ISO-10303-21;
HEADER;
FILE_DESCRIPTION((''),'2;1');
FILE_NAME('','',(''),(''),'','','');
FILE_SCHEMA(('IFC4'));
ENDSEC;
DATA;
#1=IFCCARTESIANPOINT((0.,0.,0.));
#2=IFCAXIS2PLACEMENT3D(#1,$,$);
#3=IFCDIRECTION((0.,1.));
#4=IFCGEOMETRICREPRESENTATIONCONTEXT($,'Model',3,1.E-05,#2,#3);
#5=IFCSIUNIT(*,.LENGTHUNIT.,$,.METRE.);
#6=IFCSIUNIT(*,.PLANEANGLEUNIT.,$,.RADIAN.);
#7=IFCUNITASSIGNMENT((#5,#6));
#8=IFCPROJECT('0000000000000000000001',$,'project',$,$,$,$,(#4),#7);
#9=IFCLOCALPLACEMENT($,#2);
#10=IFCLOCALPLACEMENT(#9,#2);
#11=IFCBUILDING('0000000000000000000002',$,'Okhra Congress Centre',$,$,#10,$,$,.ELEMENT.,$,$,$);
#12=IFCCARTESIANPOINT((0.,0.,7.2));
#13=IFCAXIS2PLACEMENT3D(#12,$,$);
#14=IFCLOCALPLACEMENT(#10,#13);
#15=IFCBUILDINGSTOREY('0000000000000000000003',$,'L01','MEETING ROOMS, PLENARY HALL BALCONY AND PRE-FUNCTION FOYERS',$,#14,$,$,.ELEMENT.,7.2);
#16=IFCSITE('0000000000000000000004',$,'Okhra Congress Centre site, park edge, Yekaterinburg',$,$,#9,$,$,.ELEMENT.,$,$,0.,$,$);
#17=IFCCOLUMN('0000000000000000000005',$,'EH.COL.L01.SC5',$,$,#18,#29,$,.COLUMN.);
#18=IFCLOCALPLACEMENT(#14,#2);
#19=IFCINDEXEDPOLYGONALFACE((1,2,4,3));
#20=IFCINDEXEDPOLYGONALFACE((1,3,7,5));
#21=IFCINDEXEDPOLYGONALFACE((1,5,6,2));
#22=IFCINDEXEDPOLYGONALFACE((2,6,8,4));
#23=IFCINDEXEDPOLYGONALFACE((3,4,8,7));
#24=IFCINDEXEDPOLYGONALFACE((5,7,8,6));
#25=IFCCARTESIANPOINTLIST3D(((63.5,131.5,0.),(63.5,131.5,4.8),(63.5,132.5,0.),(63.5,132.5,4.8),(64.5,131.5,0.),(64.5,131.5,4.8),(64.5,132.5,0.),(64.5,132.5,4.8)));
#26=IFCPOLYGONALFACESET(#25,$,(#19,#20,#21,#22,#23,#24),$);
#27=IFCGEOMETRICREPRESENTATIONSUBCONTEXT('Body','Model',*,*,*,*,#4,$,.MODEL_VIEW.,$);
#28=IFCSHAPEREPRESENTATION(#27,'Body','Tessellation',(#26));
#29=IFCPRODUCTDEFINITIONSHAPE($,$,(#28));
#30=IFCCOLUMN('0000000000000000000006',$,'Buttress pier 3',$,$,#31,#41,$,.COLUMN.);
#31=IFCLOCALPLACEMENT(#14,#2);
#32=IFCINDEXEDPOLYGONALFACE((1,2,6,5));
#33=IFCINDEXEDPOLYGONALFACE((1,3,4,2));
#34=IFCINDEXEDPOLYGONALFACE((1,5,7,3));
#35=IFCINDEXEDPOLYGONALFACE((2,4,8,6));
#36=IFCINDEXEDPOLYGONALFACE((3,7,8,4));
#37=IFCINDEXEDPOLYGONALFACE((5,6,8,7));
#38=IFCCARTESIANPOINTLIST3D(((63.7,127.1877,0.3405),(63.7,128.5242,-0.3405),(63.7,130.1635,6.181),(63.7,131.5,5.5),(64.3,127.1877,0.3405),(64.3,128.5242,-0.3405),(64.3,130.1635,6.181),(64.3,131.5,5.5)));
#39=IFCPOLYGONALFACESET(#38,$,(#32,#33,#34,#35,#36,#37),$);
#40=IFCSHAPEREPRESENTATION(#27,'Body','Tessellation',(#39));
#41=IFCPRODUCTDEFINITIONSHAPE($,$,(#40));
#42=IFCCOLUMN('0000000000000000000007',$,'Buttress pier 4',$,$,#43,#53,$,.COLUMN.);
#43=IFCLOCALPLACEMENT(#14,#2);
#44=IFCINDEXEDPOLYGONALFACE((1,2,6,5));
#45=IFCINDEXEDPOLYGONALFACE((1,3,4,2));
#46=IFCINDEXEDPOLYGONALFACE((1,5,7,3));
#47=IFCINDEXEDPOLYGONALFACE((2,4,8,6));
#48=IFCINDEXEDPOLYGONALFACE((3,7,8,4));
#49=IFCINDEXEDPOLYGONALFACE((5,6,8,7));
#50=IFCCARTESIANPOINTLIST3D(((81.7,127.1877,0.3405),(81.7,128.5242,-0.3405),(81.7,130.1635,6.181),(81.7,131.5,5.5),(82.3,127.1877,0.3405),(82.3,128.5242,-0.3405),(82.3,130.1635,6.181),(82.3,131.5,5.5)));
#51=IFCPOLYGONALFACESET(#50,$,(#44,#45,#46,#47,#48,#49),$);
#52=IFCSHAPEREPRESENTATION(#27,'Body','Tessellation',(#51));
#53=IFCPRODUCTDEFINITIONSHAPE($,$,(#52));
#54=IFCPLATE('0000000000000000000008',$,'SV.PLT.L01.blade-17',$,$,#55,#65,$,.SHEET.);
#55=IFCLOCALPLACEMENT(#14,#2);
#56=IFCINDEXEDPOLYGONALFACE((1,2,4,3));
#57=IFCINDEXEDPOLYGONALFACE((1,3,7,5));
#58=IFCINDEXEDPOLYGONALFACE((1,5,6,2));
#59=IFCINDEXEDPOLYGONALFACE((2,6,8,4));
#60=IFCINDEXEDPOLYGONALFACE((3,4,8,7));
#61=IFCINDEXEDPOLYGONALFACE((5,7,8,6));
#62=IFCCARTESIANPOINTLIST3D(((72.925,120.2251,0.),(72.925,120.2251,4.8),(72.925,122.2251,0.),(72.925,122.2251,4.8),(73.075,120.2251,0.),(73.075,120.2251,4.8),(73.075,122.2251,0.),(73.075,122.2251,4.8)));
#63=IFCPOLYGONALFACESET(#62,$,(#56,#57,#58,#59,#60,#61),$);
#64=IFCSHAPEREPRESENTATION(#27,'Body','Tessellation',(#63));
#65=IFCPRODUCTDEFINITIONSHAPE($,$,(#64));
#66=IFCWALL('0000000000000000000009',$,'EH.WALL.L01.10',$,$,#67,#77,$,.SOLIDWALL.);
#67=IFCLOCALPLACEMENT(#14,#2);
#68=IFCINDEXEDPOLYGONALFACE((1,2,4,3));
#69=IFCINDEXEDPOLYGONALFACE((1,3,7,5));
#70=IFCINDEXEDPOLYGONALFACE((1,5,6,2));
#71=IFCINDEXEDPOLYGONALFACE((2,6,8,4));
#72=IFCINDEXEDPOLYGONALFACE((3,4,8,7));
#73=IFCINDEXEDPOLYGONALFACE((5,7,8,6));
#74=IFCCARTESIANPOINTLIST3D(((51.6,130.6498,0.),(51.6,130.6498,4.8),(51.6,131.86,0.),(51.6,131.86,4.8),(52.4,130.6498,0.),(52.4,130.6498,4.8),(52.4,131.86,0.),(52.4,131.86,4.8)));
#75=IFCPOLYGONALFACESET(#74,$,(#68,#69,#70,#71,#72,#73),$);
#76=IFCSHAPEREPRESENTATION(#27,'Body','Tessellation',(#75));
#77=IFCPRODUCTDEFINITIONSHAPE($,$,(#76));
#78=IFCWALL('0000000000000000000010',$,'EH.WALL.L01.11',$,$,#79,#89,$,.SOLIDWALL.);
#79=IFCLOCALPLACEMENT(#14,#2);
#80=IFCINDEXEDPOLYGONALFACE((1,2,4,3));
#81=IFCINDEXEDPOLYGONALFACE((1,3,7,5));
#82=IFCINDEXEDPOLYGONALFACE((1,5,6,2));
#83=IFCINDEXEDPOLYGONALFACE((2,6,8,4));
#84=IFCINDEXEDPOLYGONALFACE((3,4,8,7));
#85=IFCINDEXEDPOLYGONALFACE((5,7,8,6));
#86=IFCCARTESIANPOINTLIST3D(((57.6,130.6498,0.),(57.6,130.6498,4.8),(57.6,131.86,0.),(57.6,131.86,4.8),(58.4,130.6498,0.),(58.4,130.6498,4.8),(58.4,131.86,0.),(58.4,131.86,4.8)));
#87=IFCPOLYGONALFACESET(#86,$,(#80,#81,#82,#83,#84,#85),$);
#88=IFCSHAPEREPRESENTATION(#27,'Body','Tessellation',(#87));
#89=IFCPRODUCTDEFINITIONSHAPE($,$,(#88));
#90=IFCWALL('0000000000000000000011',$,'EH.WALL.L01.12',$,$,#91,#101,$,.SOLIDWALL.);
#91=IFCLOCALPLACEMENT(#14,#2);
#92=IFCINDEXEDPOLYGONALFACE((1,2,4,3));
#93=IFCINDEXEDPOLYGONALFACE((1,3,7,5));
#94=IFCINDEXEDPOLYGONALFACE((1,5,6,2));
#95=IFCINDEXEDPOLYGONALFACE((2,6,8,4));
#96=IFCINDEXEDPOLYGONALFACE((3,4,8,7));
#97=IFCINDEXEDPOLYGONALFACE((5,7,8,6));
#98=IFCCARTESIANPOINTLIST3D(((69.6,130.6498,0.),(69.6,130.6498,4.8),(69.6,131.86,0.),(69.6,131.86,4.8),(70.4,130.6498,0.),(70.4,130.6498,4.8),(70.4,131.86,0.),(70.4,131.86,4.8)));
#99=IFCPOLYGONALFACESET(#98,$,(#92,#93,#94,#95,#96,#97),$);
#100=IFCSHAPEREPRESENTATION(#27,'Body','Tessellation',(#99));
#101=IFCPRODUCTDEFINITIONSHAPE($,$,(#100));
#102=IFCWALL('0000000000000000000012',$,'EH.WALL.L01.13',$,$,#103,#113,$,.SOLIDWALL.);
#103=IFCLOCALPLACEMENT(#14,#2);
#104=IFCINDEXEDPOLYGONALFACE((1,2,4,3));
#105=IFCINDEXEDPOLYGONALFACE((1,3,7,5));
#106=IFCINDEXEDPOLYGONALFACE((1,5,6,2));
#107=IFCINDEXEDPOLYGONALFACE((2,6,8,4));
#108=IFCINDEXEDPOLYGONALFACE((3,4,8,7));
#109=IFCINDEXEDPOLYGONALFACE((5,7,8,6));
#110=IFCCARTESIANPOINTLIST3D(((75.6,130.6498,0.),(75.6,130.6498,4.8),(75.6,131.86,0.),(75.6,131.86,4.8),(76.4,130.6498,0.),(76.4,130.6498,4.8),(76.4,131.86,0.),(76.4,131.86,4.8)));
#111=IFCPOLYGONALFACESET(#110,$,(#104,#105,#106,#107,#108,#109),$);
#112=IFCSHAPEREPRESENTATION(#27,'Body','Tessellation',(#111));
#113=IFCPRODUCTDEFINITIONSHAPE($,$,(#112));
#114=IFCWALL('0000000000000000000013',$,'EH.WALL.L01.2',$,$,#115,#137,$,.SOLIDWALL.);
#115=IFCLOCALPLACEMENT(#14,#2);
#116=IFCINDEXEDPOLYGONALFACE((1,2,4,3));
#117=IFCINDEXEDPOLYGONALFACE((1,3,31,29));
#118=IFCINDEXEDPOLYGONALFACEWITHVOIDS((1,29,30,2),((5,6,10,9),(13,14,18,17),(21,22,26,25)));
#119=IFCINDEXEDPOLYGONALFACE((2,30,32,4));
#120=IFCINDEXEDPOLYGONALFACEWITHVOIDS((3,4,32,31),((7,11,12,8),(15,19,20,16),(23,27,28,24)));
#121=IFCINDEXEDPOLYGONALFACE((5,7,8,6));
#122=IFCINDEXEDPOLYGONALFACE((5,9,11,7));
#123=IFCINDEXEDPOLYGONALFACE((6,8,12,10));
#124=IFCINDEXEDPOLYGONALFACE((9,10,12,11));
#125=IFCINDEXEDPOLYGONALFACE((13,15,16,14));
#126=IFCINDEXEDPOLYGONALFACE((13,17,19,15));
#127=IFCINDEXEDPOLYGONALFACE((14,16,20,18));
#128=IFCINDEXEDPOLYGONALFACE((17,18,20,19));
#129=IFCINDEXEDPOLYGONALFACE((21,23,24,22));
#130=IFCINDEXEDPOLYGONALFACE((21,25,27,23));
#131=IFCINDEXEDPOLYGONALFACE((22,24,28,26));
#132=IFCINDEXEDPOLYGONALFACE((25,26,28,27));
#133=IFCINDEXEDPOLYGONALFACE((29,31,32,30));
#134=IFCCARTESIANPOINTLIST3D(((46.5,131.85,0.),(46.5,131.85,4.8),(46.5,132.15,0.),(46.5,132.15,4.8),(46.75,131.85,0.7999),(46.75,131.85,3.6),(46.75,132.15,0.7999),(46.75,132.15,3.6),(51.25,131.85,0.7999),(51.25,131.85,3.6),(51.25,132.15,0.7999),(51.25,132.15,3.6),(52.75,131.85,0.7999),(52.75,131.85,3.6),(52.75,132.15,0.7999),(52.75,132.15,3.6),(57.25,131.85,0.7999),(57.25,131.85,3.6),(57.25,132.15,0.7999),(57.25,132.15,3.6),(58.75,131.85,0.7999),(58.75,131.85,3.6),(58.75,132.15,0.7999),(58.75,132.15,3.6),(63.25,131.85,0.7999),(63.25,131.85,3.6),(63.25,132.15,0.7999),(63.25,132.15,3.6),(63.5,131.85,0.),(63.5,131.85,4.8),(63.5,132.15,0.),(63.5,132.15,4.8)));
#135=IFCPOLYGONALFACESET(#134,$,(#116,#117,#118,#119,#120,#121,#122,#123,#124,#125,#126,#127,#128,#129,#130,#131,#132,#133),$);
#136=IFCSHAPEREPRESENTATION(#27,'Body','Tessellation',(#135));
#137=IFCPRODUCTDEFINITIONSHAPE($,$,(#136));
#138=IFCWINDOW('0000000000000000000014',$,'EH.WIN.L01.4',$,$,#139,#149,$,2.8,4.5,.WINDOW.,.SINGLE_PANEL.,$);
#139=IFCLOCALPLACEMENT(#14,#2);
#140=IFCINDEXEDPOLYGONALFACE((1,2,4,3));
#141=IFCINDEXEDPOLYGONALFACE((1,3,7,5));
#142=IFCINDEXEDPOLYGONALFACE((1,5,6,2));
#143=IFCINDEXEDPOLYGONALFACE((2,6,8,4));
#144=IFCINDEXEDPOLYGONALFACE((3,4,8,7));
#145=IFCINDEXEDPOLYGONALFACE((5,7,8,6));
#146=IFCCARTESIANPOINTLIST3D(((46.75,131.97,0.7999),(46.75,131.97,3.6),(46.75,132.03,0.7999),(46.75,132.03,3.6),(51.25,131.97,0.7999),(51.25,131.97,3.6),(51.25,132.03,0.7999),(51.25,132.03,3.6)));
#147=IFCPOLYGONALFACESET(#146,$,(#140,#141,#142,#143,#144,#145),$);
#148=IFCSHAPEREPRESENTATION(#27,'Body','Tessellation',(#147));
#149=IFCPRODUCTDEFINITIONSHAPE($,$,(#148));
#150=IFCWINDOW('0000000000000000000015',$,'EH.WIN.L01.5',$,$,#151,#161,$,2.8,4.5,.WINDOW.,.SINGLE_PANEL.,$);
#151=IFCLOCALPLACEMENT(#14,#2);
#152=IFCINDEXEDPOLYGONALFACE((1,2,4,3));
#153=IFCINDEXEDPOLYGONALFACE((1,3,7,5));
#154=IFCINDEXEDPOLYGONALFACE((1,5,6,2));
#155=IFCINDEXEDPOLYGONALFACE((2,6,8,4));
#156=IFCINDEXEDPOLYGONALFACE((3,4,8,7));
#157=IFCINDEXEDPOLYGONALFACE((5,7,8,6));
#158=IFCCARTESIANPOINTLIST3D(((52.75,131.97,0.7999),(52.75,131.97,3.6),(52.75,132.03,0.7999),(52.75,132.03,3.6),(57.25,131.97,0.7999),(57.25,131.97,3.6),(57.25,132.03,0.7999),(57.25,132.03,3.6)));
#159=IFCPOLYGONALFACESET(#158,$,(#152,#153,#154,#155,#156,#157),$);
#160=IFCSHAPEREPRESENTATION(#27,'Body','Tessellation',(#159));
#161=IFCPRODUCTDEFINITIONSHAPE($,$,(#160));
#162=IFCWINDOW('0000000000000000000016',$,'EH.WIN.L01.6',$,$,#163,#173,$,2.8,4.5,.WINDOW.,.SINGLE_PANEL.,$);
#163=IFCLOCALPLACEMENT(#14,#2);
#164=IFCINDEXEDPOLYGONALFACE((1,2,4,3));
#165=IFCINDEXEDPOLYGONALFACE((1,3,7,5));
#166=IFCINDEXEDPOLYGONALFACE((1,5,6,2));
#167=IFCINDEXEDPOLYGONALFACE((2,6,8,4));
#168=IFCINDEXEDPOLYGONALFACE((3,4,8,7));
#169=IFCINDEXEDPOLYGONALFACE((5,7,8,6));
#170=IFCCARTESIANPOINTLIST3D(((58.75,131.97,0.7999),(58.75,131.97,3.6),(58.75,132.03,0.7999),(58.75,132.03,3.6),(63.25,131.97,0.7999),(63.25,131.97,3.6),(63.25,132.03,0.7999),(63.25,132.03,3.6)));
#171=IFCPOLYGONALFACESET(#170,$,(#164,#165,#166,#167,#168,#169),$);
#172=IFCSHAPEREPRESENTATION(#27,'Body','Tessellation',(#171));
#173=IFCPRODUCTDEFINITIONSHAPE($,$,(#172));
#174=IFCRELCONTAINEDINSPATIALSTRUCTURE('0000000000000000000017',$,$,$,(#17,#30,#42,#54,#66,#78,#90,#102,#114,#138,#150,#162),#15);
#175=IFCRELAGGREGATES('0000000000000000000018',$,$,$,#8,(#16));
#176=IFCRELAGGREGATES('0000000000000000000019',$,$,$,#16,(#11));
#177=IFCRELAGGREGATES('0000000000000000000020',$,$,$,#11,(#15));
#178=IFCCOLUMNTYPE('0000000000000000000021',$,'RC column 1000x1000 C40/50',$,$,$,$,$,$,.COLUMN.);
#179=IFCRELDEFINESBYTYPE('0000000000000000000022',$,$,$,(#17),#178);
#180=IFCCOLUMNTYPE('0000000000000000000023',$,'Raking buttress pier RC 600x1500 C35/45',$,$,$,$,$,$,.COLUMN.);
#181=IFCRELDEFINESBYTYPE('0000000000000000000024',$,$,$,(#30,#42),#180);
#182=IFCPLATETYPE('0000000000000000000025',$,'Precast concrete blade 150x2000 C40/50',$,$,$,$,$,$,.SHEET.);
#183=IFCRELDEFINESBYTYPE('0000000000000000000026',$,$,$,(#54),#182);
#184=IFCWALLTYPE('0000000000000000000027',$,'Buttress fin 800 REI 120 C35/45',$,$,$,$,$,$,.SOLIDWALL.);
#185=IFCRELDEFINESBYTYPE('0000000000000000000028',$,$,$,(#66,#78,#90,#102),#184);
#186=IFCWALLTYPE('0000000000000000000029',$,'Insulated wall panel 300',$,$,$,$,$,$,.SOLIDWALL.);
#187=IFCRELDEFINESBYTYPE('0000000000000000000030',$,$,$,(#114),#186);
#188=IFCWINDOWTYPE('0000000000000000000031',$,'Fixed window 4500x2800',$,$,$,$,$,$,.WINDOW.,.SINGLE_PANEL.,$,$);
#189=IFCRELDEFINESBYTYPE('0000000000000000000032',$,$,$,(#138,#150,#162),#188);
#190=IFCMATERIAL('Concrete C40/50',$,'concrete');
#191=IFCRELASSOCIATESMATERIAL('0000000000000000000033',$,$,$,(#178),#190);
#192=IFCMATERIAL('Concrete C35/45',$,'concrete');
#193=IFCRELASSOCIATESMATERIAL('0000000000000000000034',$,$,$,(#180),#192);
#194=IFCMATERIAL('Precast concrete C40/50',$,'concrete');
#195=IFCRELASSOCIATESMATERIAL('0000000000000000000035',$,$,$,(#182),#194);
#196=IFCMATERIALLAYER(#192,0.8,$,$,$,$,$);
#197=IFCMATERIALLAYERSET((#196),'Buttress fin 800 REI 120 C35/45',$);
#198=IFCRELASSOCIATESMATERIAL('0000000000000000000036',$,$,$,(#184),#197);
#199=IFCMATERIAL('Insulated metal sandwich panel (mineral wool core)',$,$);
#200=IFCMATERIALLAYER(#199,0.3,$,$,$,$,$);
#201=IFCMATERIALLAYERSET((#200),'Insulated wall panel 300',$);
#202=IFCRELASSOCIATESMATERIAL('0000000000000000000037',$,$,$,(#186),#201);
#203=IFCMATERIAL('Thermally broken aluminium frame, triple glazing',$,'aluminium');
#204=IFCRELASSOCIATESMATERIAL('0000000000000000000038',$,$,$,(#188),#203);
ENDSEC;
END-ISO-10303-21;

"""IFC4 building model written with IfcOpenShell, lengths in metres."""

from ifc_helpers import new_model, si_unit, direction, frame, frame_2d, origin, origin_2d, place, context, subcontext, project, spatial, rectangle, extrude, material, layer, layer_set, material_profile, profile_set, type_object, element, fill, save


model = new_model("IFC4")

# Units and contexts
model_context = context("Model", 3, precision=1e-05, world=origin(), true_north=direction((0.0, 1.0)))
body_context = subcontext(model_context, "Body", "Model", "MODEL_VIEW")
ifc_project = project(units=[si_unit("LENGTHUNIT", "METRE"), si_unit("PLANEANGLEUNIT", "RADIAN")], contexts=[model_context])

# Site, building, storey
site_placement = place(None, origin())
site = spatial("IfcSite", under=ifc_project, at=site_placement, Name="Okhra Congress Centre site, park edge, Yekaterinburg", CompositionType="ELEMENT", RefElevation=0.0)
building_placement = place(site_placement, origin())
building = spatial("IfcBuilding", under=site, at=building_placement, Name="Okhra Congress Centre", CompositionType="ELEMENT")
storey_placement = place(building_placement, frame((0.0, 0.0, 7.2)))
storey = spatial("IfcBuildingStorey", under=building, at=storey_placement, Name="L01", Description="MEETING ROOMS, PLENARY HALL BALCONY AND PRE-FUNCTION FOYERS", CompositionType="ELEMENT", Elevation=7.2)

# Columns
ifc_material_1 = material(Name="Concrete C40/50", Category="concrete")
ifc_material_profile_1 = material_profile(ifc_material_1, rectangle(XDim=1.0, YDim=1.0, at=origin_2d()), Name="RC 1000x1000")
ifc_profile_set_1 = profile_set([ifc_material_profile_1], Name="Concrete C40/50")
column_type_1 = type_object("IfcColumnType", Name="RC column 1000x1000 C40/50", PredefinedType="COLUMN", material=ifc_profile_set_1)
column_placement = place(storey_placement, frame((64.0, 132.0, 0.0), z_axis=(0.0, 0.0, 1.0), x_axis=(1.0, 0.0, 0.0)))
element("IfcColumn", 1, at=column_placement, inside=storey, type_object=column_type_1, Name="EH.COL.L01.SC5", PredefinedType="COLUMN", context=body_context, shape_type="SweptSolid", body=[
    extrude(rectangle(XDim=1.0, YDim=1.0, at=origin_2d()), origin(), (0.0, 0.0, 1.0), 4.8),
])
ifc_material_2 = material(Name="Concrete C35/45", Category="concrete")
ifc_material_profile_2 = material_profile(ifc_material_2, rectangle(XDim=0.6001, YDim=1.5, at=origin_2d()), Name="RC 600x1500")
ifc_profile_set_2 = profile_set([ifc_material_profile_2], Name="Concrete C35/45")
column_type_2 = type_object("IfcColumnType", Name="Raking buttress pier RC 600x1500 C35/45", PredefinedType="COLUMN", material=ifc_profile_set_2)
for number, where, z_axis, x_axis, name in (
    (2, (64.0, 127.856, 0.0), (0.0, 0.453979, 0.891012), (-1.0, 0.0, 0.0), "Buttress pier 3"),
    (3, (82.0, 127.856, 0.0), (0.0, 0.453979, 0.891012), (-1.0, 0.0, 0.0), "Buttress pier 4"),
):
    element("IfcColumn", number, at=place(storey_placement, frame(where, z_axis=z_axis, x_axis=x_axis)), inside=storey, type_object=column_type_2, Name=name, PredefinedType="COLUMN", context=body_context, shape_type="SweptSolid", body=[
        extrude(rectangle(XDim=0.6001, YDim=1.5, at=origin_2d()), origin(), (0.0, 0.0, 1.0), 6.5549),
    ])

# Plate
ifc_material_3 = material(Name="Precast concrete C40/50", Category="concrete")
plate_type = type_object("IfcPlateType", Name="Precast concrete blade 150x2000 C40/50", PredefinedType="SHEET", material=ifc_material_3)
plate_placement = place(storey_placement, frame((73.0, 121.2251, 0.0), z_axis=(0.0, 0.0, 1.0), x_axis=(-1.0, 0.0, 0.0)))
element("IfcPlate", 4, at=plate_placement, inside=storey, type_object=plate_type, Name="SV.PLT.L01.blade-17", PredefinedType="SHEET", context=body_context, shape_type="SweptSolid", body=[
    extrude(rectangle(XDim=0.1499, YDim=2.0, at=origin_2d()), origin(), (0.0, 0.0, 1.0), 4.8),
])

# Walls
ifc_layer_1 = layer(ifc_material_2, 0.8)
ifc_layer_set_1 = layer_set([ifc_layer_1], Name="Buttress fin 800 REI 120 C35/45")
wall_type_1 = type_object("IfcWallType", Name="Buttress fin 800 REI 120 C35/45", PredefinedType="SOLIDWALL", material=ifc_layer_set_1)
for number, where, z_axis, x_axis, name in (
    (5, (52.0, 130.6499, 0.0), (0.0, 0.0, 1.0), (0.0, 1.0, 0.0), "EH.WALL.L01.10"),
    (6, (58.0, 130.6499, 0.0), (0.0, 0.0, 1.0), (0.0, 1.0, 0.0), "EH.WALL.L01.11"),
    (7, (70.0, 130.6499, 0.0), (0.0, 0.0, 1.0), (0.0, 1.0, 0.0), "EH.WALL.L01.12"),
    (8, (76.0, 130.6499, 0.0), (0.0, 0.0, 1.0), (0.0, 1.0, 0.0), "EH.WALL.L01.13"),
):
    element("IfcWall", number, at=place(storey_placement, frame(where, z_axis=z_axis, x_axis=x_axis)), inside=storey, type_object=wall_type_1, Name=name, PredefinedType="SOLIDWALL", context=body_context, shape_type="SweptSolid", body=[
        extrude(rectangle(XDim=1.2102, YDim=0.8, at=frame_2d((0.605, 0.0))), origin(), (0.0, 0.0, 1.0), 4.8),
    ])

# Wall, openings, windows
ifc_material_4 = material(Name="Insulated metal sandwich panel (mineral wool core)")
ifc_layer_2 = layer(ifc_material_4, 0.3)
ifc_layer_set_2 = layer_set([ifc_layer_2], Name="Insulated wall panel 300")
wall_type_2 = type_object("IfcWallType", Name="Insulated wall panel 300", PredefinedType="SOLIDWALL", material=ifc_layer_set_2)
wall_1_placement = place(storey_placement, frame((46.5, 132.0, 0.0), z_axis=(0.0, 0.0, 1.0), x_axis=(1.0, 0.0, 0.0)))
wall_1 = element("IfcWall", 9, at=wall_1_placement, inside=storey, type_object=wall_type_2, Name="EH.WALL.L01.2", PredefinedType="SOLIDWALL", context=body_context, shape_type="SweptSolid", body=[
    extrude(rectangle(XDim=17.0, YDim=0.3, at=frame_2d((8.5, 0.0))), origin(), (0.0, 0.0, 1.0), 4.8),
])
opening_1_placement = place(wall_1_placement, frame((0.25, 0.0, 0.8)))
opening_1 = element("IfcOpeningElement", 10, at=opening_1_placement, cuts=wall_1, PredefinedType="OPENING", context=body_context, shape_type="SweptSolid", body=[
    extrude(rectangle(XDim=4.5, YDim=2.8, at=frame_2d((2.25, 1.3999))), frame((0.0, 0.1599, 0.0), z_axis=(0.0, -1.0, 0.0), x_axis=(1.0, 0.0, 0.0)), (0.0, 0.0, 1.0), 0.3201),
])
opening_2_placement = place(wall_1_placement, frame((6.25, 0.0, 0.8)))
opening_2 = element("IfcOpeningElement", 11, at=opening_2_placement, cuts=wall_1, PredefinedType="OPENING", context=body_context, shape_type="SweptSolid", body=[
    extrude(rectangle(XDim=4.5, YDim=2.8, at=frame_2d((2.25, 1.3999))), frame((0.0, 0.1599, 0.0), z_axis=(0.0, -1.0, 0.0), x_axis=(1.0, 0.0, 0.0)), (0.0, 0.0, 1.0), 0.3201),
])
opening_3_placement = place(wall_1_placement, frame((12.25, 0.0, 0.8)))
opening_3 = element("IfcOpeningElement", 12, at=opening_3_placement, cuts=wall_1, PredefinedType="OPENING", context=body_context, shape_type="SweptSolid", body=[
    extrude(rectangle(XDim=4.5, YDim=2.8, at=frame_2d((2.25, 1.3999))), frame((0.0, 0.1599, 0.0), z_axis=(0.0, -1.0, 0.0), x_axis=(1.0, 0.0, 0.0)), (0.0, 0.0, 1.0), 0.3201),
])
ifc_material_5 = material(Name="Thermally broken aluminium frame, triple glazing", Category="aluminium")
window_type = type_object("IfcWindowType", Name="Fixed window 4500x2800", PartitioningType="SINGLE_PANEL", PredefinedType="WINDOW", material=ifc_material_5)
window_1_placement = place(opening_1_placement, origin())
window_1 = element("IfcWindow", 13, at=window_1_placement, inside=storey, type_object=window_type, Name="EH.WIN.L01.4", OverallHeight=2.8, OverallWidth=4.5, PartitioningType="SINGLE_PANEL", PredefinedType="WINDOW", context=body_context, shape_type="SweptSolid", body=[
    extrude(rectangle(XDim=4.5, YDim=2.8, at=frame_2d((2.25, 1.3999))), frame((0.0, 0.03, 0.0), z_axis=(0.0, -1.0, 0.0), x_axis=(1.0, 0.0, 0.0)), (0.0, 0.0, 1.0), 0.0601),
])
fill(opening_1, window_1)
window_2_placement = place(opening_2_placement, origin())
window_2 = element("IfcWindow", 14, at=window_2_placement, inside=storey, type_object=window_type, Name="EH.WIN.L01.5", OverallHeight=2.8, OverallWidth=4.5, PartitioningType="SINGLE_PANEL", PredefinedType="WINDOW", context=body_context, shape_type="SweptSolid", body=[
    extrude(rectangle(XDim=4.5, YDim=2.8, at=frame_2d((2.25, 1.3999))), frame((0.0, 0.03, 0.0), z_axis=(0.0, -1.0, 0.0), x_axis=(1.0, 0.0, 0.0)), (0.0, 0.0, 1.0), 0.0601),
])
fill(opening_2, window_2)
window_3_placement = place(opening_3_placement, origin())
window_3 = element("IfcWindow", 15, at=window_3_placement, inside=storey, type_object=window_type, Name="EH.WIN.L01.6", OverallHeight=2.8, OverallWidth=4.5, PartitioningType="SINGLE_PANEL", PredefinedType="WINDOW", context=body_context, shape_type="SweptSolid", body=[
    extrude(rectangle(XDim=4.5, YDim=2.8, at=frame_2d((2.25, 1.3999))), frame((0.0, 0.03, 0.0), z_axis=(0.0, -1.0, 0.0), x_axis=(1.0, 0.0, 0.0)), (0.0, 0.0, 1.0), 0.0601),
])
fill(opening_3, window_3)

save(model, "model.ifc")
